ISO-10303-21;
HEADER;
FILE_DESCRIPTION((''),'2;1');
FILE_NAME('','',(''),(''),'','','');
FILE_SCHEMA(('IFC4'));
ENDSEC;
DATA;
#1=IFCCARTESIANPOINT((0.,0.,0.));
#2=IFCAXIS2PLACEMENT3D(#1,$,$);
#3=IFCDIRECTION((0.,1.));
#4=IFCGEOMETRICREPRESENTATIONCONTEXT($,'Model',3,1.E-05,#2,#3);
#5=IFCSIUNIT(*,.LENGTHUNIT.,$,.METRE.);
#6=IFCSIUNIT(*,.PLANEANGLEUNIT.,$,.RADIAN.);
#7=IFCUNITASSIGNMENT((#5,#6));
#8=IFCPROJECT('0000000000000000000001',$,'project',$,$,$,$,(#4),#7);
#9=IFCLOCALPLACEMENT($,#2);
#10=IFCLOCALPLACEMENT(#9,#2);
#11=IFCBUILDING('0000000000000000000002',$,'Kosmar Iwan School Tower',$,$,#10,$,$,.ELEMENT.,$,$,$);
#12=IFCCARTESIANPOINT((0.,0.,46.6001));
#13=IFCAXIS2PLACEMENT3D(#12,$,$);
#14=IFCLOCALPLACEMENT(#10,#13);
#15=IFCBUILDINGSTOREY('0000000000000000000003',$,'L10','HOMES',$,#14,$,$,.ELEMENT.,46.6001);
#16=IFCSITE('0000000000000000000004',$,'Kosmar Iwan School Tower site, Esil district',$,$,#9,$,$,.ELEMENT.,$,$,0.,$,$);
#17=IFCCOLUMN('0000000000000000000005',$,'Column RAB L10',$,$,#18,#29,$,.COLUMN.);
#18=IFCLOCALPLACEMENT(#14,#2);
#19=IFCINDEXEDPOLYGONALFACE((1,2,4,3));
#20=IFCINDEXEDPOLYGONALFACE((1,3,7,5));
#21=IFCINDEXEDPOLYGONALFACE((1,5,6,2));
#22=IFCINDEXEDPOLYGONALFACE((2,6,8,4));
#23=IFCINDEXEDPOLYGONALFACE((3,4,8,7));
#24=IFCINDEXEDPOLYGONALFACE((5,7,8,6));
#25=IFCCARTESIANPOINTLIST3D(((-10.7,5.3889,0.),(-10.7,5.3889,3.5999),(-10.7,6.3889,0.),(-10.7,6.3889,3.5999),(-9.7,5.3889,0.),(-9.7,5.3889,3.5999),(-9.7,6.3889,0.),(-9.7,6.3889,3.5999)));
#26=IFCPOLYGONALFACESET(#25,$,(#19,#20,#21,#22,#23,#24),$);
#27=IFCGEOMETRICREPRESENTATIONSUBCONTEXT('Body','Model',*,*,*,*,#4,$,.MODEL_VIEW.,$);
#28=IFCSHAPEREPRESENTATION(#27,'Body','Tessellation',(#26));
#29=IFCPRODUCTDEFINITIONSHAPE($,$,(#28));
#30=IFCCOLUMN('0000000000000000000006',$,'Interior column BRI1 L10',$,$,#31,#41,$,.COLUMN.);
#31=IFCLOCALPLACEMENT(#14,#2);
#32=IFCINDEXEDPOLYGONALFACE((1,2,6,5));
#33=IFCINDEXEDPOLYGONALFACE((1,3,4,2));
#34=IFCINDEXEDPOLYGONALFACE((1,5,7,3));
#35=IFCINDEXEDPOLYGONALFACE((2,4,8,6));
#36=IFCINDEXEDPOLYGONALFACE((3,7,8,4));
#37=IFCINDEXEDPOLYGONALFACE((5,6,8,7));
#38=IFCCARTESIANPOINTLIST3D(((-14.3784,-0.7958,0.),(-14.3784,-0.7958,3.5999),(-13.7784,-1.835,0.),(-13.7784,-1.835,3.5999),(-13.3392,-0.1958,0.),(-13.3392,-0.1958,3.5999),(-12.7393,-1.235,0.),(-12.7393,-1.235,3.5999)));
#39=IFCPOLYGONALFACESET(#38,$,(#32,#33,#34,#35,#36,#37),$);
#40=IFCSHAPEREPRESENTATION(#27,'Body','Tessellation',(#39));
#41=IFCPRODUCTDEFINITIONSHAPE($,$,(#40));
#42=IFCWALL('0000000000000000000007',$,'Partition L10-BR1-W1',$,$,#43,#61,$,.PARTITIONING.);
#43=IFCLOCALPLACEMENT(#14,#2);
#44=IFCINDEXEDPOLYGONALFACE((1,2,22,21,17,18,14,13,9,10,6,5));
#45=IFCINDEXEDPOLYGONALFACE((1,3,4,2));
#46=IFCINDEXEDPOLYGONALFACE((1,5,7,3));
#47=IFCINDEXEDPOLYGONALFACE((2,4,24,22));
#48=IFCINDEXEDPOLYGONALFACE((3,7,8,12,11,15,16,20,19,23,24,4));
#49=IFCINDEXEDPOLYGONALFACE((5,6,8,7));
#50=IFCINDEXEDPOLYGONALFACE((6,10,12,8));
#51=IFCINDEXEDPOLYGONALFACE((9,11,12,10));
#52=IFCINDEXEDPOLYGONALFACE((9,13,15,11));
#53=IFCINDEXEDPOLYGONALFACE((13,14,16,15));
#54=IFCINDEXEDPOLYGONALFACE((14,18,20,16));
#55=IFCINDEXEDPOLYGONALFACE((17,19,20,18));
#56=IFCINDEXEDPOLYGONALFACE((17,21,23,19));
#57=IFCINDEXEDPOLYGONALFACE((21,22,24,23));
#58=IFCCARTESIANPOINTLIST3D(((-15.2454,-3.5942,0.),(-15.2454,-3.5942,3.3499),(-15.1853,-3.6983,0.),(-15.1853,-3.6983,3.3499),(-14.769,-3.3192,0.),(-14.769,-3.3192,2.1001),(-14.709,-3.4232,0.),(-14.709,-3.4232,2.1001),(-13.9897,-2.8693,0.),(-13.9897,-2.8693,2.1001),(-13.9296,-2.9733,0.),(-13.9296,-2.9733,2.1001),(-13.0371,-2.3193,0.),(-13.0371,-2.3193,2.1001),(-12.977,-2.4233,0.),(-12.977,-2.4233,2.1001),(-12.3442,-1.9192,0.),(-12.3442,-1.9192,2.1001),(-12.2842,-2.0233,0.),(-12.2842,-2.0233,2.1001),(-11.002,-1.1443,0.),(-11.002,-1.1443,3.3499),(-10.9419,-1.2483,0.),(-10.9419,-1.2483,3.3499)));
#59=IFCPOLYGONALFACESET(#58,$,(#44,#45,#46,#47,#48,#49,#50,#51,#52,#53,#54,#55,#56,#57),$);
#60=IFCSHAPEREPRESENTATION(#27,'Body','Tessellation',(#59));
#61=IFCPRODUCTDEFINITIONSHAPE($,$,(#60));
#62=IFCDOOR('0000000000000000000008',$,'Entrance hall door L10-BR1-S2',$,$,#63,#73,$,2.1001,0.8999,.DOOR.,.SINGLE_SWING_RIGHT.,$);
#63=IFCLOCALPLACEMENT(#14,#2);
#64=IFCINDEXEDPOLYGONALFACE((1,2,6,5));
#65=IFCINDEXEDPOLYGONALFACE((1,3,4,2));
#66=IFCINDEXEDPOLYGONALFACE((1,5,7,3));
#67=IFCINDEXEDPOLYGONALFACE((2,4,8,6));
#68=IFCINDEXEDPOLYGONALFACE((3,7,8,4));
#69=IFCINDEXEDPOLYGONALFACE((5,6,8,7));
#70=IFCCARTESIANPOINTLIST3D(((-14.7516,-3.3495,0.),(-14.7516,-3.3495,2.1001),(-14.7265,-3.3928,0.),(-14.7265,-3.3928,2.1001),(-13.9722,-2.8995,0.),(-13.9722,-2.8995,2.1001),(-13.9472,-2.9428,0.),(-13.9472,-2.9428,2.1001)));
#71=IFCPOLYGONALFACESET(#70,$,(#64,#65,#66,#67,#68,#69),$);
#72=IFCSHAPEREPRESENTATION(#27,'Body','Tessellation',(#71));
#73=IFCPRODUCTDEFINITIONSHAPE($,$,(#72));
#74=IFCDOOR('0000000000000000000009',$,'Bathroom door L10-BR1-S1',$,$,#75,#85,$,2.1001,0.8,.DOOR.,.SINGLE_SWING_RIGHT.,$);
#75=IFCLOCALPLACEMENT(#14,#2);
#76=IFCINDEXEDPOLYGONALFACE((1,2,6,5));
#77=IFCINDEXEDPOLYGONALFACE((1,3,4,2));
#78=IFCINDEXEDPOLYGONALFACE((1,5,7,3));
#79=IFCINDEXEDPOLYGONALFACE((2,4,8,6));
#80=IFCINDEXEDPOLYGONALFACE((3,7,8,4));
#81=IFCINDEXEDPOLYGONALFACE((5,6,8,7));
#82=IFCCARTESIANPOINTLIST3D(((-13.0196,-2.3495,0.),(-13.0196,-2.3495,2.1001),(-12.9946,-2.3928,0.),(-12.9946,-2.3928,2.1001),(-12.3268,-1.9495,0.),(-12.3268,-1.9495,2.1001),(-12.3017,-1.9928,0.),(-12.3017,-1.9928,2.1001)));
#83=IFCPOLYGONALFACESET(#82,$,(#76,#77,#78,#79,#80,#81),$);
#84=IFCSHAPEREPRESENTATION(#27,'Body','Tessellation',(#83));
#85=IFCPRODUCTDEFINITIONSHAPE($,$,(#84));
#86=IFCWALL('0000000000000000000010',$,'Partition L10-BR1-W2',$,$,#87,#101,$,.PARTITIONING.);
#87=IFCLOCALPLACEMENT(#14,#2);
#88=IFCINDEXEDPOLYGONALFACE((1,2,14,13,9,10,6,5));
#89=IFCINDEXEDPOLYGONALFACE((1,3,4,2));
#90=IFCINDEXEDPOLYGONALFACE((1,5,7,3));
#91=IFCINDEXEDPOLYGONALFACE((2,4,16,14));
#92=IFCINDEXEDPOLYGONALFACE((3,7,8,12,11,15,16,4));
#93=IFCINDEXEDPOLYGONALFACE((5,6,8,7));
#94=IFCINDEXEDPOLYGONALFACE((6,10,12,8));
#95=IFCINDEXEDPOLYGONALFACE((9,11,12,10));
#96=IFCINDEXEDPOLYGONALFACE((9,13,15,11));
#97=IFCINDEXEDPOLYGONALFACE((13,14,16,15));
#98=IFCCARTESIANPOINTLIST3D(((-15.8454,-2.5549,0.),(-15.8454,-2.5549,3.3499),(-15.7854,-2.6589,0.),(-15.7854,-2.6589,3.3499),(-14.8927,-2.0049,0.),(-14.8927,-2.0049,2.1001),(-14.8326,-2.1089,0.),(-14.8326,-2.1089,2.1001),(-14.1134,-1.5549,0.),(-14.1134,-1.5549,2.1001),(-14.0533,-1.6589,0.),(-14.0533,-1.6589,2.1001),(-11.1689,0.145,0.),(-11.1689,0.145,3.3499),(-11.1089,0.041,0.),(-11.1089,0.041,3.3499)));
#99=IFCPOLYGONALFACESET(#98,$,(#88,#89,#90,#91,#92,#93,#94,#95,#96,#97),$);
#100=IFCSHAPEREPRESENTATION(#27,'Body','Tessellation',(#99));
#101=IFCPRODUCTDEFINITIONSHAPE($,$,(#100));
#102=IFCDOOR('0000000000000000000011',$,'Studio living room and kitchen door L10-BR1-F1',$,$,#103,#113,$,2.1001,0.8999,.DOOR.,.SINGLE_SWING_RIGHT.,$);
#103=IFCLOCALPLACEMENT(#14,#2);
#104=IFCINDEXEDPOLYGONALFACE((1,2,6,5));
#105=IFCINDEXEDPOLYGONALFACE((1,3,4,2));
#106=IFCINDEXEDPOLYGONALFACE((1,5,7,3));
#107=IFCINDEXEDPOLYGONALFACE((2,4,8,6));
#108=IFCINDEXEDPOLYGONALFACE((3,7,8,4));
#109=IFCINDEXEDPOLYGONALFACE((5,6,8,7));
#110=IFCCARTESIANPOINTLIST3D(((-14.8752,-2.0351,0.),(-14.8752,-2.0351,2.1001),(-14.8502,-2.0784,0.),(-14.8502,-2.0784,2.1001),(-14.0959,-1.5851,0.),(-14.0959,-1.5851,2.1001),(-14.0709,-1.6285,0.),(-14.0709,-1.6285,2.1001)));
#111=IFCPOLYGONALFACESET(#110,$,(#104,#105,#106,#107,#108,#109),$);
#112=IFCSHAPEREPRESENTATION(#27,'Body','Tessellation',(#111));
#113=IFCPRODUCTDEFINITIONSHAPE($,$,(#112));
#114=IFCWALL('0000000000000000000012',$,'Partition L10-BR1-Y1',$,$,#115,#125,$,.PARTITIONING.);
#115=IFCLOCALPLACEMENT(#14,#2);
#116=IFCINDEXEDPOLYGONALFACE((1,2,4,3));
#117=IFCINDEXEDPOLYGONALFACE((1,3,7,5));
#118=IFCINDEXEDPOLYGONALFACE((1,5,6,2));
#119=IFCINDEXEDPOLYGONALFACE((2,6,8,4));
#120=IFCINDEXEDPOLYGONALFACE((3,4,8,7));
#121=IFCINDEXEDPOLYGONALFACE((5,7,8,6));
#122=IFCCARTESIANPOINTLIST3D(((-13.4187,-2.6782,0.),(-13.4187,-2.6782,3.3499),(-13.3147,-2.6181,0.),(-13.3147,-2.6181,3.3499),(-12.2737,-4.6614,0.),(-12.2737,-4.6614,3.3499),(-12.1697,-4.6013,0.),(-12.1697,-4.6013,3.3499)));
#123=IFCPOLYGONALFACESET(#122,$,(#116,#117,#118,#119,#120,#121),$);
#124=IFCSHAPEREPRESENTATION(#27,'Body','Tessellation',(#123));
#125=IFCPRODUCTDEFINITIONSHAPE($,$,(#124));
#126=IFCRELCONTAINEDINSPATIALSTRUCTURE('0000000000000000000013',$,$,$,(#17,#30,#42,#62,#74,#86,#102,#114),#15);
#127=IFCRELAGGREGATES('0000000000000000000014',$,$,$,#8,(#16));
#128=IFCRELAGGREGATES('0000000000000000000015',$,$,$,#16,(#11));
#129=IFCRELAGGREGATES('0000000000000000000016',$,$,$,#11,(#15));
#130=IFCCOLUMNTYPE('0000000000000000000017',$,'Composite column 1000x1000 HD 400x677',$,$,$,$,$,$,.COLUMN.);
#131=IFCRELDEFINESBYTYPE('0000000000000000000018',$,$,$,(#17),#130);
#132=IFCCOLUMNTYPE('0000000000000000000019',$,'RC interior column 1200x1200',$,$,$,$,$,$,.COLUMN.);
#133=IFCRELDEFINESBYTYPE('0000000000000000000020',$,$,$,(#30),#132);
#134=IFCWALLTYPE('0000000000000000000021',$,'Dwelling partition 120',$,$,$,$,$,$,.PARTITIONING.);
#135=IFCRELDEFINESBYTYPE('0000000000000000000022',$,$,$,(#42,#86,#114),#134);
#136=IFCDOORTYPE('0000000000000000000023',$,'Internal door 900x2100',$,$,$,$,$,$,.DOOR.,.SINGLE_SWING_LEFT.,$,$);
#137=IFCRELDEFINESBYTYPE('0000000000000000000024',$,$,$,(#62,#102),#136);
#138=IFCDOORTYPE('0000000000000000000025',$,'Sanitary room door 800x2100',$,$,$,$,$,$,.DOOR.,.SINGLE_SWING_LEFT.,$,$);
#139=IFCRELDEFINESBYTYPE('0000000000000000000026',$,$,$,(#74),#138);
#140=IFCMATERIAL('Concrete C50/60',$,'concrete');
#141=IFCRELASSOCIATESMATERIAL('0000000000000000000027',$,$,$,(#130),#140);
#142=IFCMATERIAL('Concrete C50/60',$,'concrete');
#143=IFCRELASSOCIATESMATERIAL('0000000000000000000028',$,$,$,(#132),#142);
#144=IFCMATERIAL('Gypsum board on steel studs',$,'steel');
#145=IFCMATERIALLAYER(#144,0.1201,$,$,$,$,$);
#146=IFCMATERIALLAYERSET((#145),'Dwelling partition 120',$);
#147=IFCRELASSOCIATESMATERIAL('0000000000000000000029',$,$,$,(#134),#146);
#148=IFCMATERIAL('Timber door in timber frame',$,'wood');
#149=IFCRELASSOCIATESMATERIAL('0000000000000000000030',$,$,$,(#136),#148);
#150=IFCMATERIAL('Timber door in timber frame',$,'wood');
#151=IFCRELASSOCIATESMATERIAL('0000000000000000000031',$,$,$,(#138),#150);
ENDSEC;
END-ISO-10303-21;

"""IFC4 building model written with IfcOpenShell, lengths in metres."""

from ifc_helpers import new_model, si_unit, direction, frame, frame_2d, origin, origin_2d, place, context, subcontext, project, spatial, rectangle, extrude, material, layer, layer_set, material_profile, profile_set, type_object, element, fill, save


model = new_model("IFC4")

# Units and contexts
model_context = context("Model", 3, precision=1e-05, world=origin(), true_north=direction((0.0, 1.0)))
body_context = subcontext(model_context, "Body", "Model", "MODEL_VIEW")
ifc_project = project(units=[si_unit("LENGTHUNIT", "METRE"), si_unit("PLANEANGLEUNIT", "RADIAN")], contexts=[model_context])

# Site, building, storey
site_placement = place(None, origin())
site = spatial("IfcSite", under=ifc_project, at=site_placement, Name="Kosmar Iwan School Tower site, Esil district", CompositionType="ELEMENT", RefElevation=0.0)
building_placement = place(site_placement, origin())
building = spatial("IfcBuilding", under=site, at=building_placement, Name="Kosmar Iwan School Tower", CompositionType="ELEMENT")
storey_placement = place(building_placement, frame((0.0, 0.0, 46.6001)))
storey = spatial("IfcBuildingStorey", under=building, at=storey_placement, Name="L10", Description="HOMES", CompositionType="ELEMENT", Elevation=46.6001)

# Columns
ifc_material_1 = material(Name="Concrete C50/60", Category="concrete")
ifc_material_profile_1 = material_profile(ifc_material_1, rectangle(XDim=1.0, YDim=1.0, at=origin_2d()), Name="RC 1000x1000 + HD 400x677")
ifc_profile_set_1 = profile_set([ifc_material_profile_1], Name="Concrete C50/60")
column_type_1 = type_object("IfcColumnType", Name="Composite column 1000x1000 HD 400x677", PredefinedType="COLUMN", material=ifc_profile_set_1)
column_1_placement = place(storey_placement, frame((-10.2, 5.8889, 0.0), z_axis=(0.0, 0.0, 1.0), x_axis=(1.0, 0.0, 0.0)))
element("IfcColumn", 1, at=column_1_placement, inside=storey, type_object=column_type_1, Name="Column RAB L10", PredefinedType="COLUMN", context=body_context, shape_type="SweptSolid", body=[
    extrude(rectangle(XDim=1.0, YDim=1.0, at=origin_2d()), origin(), (0.0, 0.0, 1.0), 3.5999),
])
ifc_material_2 = material(Name="Concrete C50/60", Category="concrete")
ifc_material_profile_2 = material_profile(ifc_material_2, rectangle(XDim=1.2, YDim=1.2, at=origin_2d()), Name="RC 1200x1200")
ifc_profile_set_2 = profile_set([ifc_material_profile_2], Name="Concrete C50/60")
column_type_2 = type_object("IfcColumnType", Name="RC interior column 1200x1200", PredefinedType="COLUMN", material=ifc_profile_set_2)
column_2_placement = place(storey_placement, frame((-13.5588, -1.0154, 0.0), z_axis=(0.0, 0.0, 1.0), x_axis=(-0.866025, -0.5, 0.0)))
element("IfcColumn", 2, at=column_2_placement, inside=storey, type_object=column_type_2, Name="Interior column BRI1 L10", PredefinedType="COLUMN", context=body_context, shape_type="SweptSolid", body=[
    extrude(rectangle(XDim=1.2, YDim=1.2, at=origin_2d()), origin(), (0.0, 0.0, 1.0), 3.5999),
])

# Wall, openings, doors
ifc_material_3 = material(Name="Gypsum board on steel studs", Category="steel")
ifc_layer_1 = layer(ifc_material_3, 0.1201)
ifc_layer_set_1 = layer_set([ifc_layer_1], Name="Dwelling partition 120")
wall_type_1 = type_object("IfcWallType", Name="Dwelling partition 120", PredefinedType="PARTITIONING", material=ifc_layer_set_1)
wall_1_placement = place(storey_placement, frame((-10.9719, -1.1963, 0.0), z_axis=(0.0, 0.0, 1.0), x_axis=(-0.866024, -0.500003, 0.0)))
wall_1 = element("IfcWall", 3, at=wall_1_placement, inside=storey, type_object=wall_type_1, Name="Partition L10-BR1-W1", PredefinedType="PARTITIONING", context=body_context, shape_type="SweptSolid", body=[
    extrude(rectangle(XDim=4.8999, YDim=0.1201, at=frame_2d((2.45, 0.0))), origin(), (0.0, 0.0, 1.0), 3.3499),
])
opening_1_placement = place(wall_1_placement, frame((1.55, 0.0, 0.0)))
opening_1 = element("IfcOpeningElement", 4, at=opening_1_placement, cuts=wall_1, PredefinedType="OPENING", context=body_context, shape_type="SweptSolid", body=[
    extrude(rectangle(XDim=0.8, YDim=2.1001, at=frame_2d((0.3999, 1.05))), frame((0.0, 0.072, 0.0), z_axis=(0.0, -1.0, 0.0), x_axis=(1.0, 0.0, 0.0)), (0.0, 0.0, 1.0), 0.144),
])
opening_2_placement = place(wall_1_placement, frame((3.45, 0.0, 0.0)))
opening_2 = element("IfcOpeningElement", 5, at=opening_2_placement, cuts=wall_1, PredefinedType="OPENING", context=body_context, shape_type="SweptSolid", body=[
    extrude(rectangle(XDim=0.8999, YDim=2.1001, at=frame_2d((0.45, 1.05))), frame((0.0, 0.072, 0.0), z_axis=(0.0, -1.0, 0.0), x_axis=(1.0, 0.0, 0.0)), (0.0, 0.0, 1.0), 0.144),
])
ifc_material_4 = material(Name="Timber door in timber frame", Category="wood")
door_type_1 = type_object("IfcDoorType", Name="Internal door 900x2100", OperationType="SINGLE_SWING_LEFT", PredefinedType="DOOR", material=ifc_material_4)
door_1_placement = place(opening_2_placement, origin())
door_1 = element("IfcDoor", 6, at=door_1_placement, inside=storey, type_object=door_type_1, Name="Entrance hall door L10-BR1-S2", OperationType="SINGLE_SWING_RIGHT", OverallHeight=2.1001, OverallWidth=0.8999, PredefinedType="DOOR", context=body_context, shape_type="SweptSolid", body=[
    extrude(rectangle(XDim=0.8999, YDim=2.1001, at=frame_2d((0.45, 1.05))), frame((0.0, 0.0249, 0.0), z_axis=(0.0, -1.0, 0.0), x_axis=(1.0, 0.0, 0.0)), (0.0, 0.0, 1.0), 0.05),
])
fill(opening_2, door_1)
ifc_material_5 = material(Name="Timber door in timber frame", Category="wood")
door_type_2 = type_object("IfcDoorType", Name="Sanitary room door 800x2100", OperationType="SINGLE_SWING_LEFT", PredefinedType="DOOR", material=ifc_material_5)
door_2_placement = place(opening_1_placement, origin())
door_2 = element("IfcDoor", 7, at=door_2_placement, inside=storey, type_object=door_type_2, Name="Bathroom door L10-BR1-S1", OperationType="SINGLE_SWING_RIGHT", OverallHeight=2.1001, OverallWidth=0.8, PredefinedType="DOOR", context=body_context, shape_type="SweptSolid", body=[
    extrude(rectangle(XDim=0.8, YDim=2.1001, at=frame_2d((0.3999, 1.05))), frame((0.0, 0.0249, 0.0), z_axis=(0.0, -1.0, 0.0), x_axis=(1.0, 0.0, 0.0)), (0.0, 0.0, 1.0), 0.05),
])
fill(opening_1, door_2)

# Wall, opening, door
wall_2_placement = place(storey_placement, frame((-11.1389, 0.093, 0.0), z_axis=(0.0, 0.0, 1.0), x_axis=(-0.866028, -0.499995, 0.0)))
wall_2 = element("IfcWall", 8, at=wall_2_placement, inside=storey, type_object=wall_type_1, Name="Partition L10-BR1-W2", PredefinedType="PARTITIONING", context=body_context, shape_type="SweptSolid", body=[
    extrude(rectangle(XDim=5.3999, YDim=0.1201, at=frame_2d((2.7, 0.0))), origin(), (0.0, 0.0, 1.0), 3.3499),
])
opening_3_placement = place(wall_2_placement, frame((3.3999, 0.0, 0.0)))
opening_3 = element("IfcOpeningElement", 9, at=opening_3_placement, cuts=wall_2, PredefinedType="OPENING", context=body_context, shape_type="SweptSolid", body=[
    extrude(rectangle(XDim=0.8999, YDim=2.1001, at=frame_2d((0.45, 1.05))), frame((0.0, 0.072, 0.0), z_axis=(0.0, -1.0, 0.0), x_axis=(1.0, 0.0, 0.0)), (0.0, 0.0, 1.0), 0.144),
])
door_3_placement = place(opening_3_placement, origin())
door_3 = element("IfcDoor", 10, at=door_3_placement, inside=storey, type_object=door_type_1, Name="Studio living room and kitchen door L10-BR1-F1", OperationType="SINGLE_SWING_RIGHT", OverallHeight=2.1001, OverallWidth=0.8999, PredefinedType="DOOR", context=body_context, shape_type="SweptSolid", body=[
    extrude(rectangle(XDim=0.8999, YDim=2.1001, at=frame_2d((0.45, 1.05))), frame((0.0, 0.0249, 0.0), z_axis=(0.0, -1.0, 0.0), x_axis=(1.0, 0.0, 0.0)), (0.0, 0.0, 1.0), 0.05),
])
fill(opening_3, door_3)

# Wall
wall_3_placement = place(storey_placement, frame((-12.2217, -4.6313, 0.0), z_axis=(0.0, 0.0, 1.0), x_axis=(-0.500015, 0.866017, 0.0)))
element("IfcWall", 11, at=wall_3_placement, inside=storey, type_object=wall_type_1, Name="Partition L10-BR1-Y1", PredefinedType="PARTITIONING", context=body_context, shape_type="SweptSolid", body=[
    extrude(rectangle(XDim=2.29, YDim=0.1201, at=frame_2d((1.145, 0.0))), origin(), (0.0, 0.0, 1.0), 3.3499),
])

save(model, "model.ifc")
